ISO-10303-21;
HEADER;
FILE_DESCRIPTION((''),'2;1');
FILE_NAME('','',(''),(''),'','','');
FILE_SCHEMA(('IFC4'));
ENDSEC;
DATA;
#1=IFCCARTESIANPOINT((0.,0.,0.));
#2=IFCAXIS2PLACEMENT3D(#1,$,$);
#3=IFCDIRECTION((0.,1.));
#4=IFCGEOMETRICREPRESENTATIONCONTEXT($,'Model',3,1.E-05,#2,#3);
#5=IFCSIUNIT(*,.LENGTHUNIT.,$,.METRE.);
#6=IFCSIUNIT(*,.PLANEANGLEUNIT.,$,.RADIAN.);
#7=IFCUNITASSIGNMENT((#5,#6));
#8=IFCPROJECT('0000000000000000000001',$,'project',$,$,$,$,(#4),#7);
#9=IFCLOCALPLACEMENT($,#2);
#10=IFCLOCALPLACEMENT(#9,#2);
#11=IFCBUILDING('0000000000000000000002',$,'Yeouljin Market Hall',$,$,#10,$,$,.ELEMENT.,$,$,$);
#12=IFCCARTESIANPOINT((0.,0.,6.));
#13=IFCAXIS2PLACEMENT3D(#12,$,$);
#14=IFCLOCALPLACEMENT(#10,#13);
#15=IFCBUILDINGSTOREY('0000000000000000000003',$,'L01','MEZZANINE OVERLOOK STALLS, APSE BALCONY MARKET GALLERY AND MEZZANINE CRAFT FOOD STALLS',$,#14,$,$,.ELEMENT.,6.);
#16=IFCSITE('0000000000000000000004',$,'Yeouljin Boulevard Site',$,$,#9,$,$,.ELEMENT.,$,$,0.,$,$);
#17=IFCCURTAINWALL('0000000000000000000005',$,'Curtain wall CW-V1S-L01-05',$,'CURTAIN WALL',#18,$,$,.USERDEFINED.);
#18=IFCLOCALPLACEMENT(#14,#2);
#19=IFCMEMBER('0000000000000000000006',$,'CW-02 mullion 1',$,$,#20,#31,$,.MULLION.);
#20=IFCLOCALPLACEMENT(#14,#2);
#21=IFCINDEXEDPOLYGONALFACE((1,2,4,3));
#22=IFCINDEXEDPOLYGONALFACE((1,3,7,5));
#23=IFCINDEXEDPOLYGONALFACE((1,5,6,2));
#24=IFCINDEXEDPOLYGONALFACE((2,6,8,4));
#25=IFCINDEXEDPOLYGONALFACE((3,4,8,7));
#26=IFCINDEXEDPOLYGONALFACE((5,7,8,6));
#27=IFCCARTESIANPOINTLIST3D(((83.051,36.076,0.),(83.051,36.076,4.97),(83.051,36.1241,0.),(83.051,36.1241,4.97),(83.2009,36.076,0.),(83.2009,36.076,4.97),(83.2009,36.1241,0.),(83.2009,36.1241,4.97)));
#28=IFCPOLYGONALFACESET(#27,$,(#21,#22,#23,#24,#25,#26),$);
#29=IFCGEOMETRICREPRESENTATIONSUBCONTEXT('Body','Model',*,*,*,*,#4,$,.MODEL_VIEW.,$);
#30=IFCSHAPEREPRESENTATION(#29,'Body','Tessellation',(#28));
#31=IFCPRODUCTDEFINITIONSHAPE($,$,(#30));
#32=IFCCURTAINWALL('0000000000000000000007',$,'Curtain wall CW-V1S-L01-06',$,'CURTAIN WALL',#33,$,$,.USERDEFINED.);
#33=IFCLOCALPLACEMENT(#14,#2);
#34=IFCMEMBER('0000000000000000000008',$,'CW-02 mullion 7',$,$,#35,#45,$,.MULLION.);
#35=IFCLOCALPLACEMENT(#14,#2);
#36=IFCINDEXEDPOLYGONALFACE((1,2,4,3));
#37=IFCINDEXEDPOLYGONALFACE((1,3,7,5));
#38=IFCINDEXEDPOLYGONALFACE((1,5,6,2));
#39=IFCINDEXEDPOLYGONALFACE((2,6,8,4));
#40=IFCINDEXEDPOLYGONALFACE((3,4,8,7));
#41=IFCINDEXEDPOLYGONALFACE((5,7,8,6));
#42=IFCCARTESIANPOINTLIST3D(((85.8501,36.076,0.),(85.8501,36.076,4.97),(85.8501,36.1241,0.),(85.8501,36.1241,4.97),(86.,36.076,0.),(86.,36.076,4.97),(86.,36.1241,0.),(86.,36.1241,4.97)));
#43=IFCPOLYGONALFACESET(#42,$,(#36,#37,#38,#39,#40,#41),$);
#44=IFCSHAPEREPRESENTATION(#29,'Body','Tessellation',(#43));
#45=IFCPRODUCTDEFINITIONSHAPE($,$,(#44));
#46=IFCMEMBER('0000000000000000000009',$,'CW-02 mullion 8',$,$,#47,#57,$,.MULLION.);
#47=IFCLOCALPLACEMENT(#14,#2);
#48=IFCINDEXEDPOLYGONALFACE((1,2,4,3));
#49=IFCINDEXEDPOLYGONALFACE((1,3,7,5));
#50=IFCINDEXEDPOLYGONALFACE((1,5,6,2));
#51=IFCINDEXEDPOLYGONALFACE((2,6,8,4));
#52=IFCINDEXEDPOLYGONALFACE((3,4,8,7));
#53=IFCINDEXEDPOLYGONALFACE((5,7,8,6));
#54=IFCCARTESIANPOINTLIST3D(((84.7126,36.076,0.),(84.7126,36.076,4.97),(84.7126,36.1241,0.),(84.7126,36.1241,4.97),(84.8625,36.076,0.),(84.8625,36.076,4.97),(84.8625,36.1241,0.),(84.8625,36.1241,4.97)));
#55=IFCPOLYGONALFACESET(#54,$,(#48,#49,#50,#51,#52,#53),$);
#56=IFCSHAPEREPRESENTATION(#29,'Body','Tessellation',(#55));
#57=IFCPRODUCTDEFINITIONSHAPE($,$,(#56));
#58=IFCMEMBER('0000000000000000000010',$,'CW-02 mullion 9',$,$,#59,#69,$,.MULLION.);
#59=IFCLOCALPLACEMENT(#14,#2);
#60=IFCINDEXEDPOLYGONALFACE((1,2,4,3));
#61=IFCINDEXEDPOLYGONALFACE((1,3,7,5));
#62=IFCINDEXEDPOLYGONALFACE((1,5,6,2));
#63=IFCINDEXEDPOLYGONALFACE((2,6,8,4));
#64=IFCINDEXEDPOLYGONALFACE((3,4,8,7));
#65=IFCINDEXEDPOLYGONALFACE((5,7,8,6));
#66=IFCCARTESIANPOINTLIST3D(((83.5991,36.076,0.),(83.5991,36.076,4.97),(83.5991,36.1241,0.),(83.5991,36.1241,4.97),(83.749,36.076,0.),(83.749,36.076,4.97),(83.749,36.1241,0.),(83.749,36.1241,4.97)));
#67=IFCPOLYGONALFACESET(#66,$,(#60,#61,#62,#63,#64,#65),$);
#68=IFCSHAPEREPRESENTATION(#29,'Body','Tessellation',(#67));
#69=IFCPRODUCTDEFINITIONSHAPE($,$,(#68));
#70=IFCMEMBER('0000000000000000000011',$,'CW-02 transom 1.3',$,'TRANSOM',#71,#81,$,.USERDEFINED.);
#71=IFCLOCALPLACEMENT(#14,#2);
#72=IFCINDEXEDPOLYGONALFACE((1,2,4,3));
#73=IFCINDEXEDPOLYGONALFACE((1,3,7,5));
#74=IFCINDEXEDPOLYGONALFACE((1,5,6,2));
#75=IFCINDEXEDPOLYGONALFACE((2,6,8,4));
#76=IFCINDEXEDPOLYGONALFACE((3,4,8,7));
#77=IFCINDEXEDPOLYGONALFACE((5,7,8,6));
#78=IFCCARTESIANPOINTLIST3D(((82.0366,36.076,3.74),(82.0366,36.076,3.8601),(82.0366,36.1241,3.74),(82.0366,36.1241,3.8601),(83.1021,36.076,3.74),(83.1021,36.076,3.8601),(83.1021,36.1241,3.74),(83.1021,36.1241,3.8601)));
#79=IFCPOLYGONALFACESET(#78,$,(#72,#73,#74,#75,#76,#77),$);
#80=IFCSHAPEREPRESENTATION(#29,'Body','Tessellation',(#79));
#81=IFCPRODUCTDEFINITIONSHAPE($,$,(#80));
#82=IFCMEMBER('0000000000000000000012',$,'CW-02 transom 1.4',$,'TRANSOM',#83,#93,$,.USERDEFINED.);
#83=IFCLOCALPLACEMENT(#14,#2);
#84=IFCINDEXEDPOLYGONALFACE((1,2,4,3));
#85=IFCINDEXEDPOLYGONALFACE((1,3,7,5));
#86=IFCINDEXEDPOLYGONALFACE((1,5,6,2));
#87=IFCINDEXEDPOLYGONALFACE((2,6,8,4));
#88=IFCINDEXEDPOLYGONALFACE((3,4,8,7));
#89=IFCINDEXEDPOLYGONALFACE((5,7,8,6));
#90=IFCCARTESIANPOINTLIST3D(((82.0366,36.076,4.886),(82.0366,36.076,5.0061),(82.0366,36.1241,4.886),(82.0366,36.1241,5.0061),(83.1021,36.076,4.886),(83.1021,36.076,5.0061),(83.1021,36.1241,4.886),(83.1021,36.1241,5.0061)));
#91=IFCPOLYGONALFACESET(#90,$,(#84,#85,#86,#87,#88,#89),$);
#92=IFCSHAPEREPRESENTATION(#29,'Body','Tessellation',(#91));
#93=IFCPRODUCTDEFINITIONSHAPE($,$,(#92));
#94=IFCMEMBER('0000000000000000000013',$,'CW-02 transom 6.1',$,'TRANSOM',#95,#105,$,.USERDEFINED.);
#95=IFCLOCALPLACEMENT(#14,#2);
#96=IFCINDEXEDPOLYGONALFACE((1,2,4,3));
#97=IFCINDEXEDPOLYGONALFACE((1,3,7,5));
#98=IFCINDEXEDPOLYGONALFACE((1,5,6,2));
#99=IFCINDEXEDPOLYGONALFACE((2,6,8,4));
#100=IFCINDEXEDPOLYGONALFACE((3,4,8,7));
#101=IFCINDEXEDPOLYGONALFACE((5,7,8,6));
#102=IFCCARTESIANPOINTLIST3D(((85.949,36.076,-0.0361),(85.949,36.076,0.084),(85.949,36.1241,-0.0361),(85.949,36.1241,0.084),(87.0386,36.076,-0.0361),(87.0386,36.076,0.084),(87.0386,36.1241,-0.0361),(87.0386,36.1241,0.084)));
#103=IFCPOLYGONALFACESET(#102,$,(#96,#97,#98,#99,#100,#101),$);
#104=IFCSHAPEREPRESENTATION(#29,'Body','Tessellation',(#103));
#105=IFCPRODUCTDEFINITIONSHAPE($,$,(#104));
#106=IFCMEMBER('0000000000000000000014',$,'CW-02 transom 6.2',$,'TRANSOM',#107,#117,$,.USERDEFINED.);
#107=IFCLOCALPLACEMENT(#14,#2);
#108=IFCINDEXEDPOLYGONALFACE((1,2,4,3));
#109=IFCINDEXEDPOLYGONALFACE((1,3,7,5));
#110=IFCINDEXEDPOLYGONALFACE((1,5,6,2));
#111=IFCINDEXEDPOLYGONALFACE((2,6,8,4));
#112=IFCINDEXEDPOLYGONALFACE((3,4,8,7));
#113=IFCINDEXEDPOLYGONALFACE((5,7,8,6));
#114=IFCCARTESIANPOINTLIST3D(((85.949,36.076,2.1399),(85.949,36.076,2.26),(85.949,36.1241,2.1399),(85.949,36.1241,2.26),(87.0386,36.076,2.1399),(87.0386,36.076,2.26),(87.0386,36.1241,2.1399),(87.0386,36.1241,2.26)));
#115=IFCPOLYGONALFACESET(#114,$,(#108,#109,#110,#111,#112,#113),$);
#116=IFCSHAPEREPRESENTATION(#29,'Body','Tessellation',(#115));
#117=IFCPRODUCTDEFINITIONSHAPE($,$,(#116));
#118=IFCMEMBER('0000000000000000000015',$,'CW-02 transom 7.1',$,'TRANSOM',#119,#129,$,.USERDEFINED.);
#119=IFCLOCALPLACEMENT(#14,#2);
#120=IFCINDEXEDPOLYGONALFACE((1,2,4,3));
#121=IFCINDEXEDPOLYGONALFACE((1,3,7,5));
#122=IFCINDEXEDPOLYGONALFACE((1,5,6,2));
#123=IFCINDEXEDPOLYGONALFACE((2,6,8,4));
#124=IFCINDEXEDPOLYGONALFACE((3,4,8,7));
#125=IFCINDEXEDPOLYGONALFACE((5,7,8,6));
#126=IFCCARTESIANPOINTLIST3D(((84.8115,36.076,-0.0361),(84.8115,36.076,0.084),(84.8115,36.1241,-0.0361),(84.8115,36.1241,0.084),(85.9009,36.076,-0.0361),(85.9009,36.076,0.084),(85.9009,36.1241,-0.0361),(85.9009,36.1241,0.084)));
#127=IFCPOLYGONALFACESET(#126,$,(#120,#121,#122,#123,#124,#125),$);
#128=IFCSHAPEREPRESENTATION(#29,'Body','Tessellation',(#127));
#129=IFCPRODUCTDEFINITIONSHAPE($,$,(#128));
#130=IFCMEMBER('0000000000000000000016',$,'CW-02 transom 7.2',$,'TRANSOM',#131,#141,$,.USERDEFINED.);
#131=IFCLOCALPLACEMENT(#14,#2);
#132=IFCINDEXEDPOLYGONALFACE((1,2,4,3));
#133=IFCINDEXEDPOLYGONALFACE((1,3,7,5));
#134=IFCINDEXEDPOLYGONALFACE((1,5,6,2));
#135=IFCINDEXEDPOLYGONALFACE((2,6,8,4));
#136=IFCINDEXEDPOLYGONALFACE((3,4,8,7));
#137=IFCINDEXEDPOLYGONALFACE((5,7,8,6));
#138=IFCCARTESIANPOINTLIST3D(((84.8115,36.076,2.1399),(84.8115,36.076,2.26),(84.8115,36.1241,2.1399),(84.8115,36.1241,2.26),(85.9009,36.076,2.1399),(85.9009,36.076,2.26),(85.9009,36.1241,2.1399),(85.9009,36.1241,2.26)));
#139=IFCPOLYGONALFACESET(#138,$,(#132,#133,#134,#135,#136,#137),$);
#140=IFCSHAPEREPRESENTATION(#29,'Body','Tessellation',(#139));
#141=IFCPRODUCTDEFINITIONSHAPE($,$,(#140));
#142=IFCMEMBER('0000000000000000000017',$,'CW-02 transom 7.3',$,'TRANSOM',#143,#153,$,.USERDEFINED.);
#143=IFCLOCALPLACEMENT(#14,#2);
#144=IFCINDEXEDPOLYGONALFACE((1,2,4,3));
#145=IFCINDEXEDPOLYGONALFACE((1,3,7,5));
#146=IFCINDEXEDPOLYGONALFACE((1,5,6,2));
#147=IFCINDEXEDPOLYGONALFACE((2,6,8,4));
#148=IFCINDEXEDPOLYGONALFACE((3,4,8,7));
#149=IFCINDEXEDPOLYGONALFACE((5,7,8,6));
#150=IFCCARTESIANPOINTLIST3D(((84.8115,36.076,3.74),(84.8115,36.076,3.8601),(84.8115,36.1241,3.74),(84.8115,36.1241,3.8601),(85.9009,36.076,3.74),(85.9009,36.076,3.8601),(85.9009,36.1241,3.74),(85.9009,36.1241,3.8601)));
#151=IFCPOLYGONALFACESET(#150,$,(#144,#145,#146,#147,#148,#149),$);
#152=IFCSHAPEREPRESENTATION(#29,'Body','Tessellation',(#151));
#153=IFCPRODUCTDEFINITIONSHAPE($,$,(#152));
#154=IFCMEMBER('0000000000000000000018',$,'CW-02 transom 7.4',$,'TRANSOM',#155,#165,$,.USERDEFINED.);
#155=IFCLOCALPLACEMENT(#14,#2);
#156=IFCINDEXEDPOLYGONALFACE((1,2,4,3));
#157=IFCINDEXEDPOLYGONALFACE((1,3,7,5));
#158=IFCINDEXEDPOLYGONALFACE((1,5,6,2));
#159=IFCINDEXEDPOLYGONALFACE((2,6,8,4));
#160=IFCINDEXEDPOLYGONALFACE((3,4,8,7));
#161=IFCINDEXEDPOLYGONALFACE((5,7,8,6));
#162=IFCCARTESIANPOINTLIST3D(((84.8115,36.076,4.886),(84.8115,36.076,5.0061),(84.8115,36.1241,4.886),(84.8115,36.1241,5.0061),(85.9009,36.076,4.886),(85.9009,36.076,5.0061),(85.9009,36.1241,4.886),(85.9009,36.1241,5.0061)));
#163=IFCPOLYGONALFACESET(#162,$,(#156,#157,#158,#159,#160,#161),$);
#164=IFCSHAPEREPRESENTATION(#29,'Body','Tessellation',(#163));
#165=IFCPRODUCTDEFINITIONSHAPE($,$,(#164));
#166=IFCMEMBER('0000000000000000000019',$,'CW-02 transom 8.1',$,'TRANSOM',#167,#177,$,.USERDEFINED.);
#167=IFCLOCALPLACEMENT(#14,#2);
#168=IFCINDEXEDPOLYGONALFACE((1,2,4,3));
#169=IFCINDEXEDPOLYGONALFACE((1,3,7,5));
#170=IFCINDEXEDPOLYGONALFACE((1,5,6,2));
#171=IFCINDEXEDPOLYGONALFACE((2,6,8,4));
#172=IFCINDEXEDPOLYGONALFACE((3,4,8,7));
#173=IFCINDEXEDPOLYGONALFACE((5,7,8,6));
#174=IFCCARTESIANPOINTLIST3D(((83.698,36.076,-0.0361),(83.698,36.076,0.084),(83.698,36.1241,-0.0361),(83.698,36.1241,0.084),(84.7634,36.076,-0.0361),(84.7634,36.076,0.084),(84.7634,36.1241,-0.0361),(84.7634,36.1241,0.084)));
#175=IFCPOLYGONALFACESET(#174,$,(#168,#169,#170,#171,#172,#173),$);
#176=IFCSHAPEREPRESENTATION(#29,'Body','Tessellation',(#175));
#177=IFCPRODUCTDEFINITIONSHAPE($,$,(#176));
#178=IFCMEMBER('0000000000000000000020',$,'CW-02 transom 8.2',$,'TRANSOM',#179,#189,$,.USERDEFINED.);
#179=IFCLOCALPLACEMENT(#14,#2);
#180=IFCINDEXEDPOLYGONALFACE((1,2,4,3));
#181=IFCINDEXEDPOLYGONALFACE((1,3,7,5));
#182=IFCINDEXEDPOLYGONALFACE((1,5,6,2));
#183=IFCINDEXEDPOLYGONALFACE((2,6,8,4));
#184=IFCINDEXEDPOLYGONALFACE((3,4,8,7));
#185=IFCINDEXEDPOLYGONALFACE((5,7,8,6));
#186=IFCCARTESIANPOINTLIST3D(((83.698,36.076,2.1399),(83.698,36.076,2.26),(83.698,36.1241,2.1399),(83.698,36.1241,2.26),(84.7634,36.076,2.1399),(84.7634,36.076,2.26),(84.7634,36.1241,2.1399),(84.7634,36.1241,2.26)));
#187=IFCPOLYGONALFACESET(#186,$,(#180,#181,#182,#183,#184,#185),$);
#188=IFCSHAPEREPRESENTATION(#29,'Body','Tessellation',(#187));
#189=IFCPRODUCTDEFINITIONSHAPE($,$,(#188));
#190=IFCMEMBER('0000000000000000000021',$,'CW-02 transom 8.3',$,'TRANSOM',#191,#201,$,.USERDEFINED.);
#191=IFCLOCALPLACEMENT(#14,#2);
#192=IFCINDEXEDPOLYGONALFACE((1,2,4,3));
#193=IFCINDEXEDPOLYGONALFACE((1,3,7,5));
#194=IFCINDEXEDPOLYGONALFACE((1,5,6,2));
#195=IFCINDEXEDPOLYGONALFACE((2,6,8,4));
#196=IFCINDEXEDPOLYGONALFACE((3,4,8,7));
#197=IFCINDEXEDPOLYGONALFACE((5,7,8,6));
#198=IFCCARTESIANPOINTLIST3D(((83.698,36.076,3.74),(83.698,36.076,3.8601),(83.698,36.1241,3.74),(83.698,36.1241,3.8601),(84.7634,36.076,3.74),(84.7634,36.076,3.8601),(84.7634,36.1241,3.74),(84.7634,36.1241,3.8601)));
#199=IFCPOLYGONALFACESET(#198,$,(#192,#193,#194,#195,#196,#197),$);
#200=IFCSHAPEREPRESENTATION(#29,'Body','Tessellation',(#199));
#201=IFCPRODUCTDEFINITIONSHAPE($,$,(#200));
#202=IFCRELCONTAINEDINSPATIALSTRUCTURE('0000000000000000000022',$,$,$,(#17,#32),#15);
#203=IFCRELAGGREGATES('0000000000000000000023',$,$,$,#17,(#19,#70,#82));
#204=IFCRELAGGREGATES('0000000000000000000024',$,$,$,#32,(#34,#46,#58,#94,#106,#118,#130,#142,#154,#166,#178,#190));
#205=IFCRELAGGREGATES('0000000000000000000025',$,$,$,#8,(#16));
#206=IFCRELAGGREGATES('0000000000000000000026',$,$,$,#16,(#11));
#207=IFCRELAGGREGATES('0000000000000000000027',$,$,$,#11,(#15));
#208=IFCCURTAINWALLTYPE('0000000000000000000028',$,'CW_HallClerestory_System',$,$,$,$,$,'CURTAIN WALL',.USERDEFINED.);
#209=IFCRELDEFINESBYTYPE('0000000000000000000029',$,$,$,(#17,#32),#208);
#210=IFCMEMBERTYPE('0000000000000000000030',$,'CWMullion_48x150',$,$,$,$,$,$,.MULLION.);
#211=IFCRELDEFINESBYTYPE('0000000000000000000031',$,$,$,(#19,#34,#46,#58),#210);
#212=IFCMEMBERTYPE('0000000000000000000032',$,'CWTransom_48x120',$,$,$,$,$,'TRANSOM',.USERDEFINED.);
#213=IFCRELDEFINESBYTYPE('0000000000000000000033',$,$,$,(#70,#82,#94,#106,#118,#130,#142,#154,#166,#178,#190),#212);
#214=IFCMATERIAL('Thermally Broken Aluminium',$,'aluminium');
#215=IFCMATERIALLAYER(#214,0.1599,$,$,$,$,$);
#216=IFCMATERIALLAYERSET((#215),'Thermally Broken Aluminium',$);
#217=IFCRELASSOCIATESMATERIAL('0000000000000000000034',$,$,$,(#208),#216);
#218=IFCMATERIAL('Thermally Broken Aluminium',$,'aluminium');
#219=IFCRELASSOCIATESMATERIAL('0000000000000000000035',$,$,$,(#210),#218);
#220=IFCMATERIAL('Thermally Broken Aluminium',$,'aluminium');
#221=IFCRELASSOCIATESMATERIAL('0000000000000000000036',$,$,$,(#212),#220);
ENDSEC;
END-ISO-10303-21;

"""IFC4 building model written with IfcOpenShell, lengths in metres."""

from ifc_helpers import new_model, si_unit, direction, frame, origin, origin_2d, place, context, subcontext, project, spatial, rectangle, extrude, material, layer, layer_set, material_profile, profile_set, type_object, element, aggregate, save


model = new_model("IFC4")

# Units and contexts
model_context = context("Model", 3, precision=1e-05, world=origin(), true_north=direction((0.0, 1.0)))
body_context = subcontext(model_context, "Body", "Model", "MODEL_VIEW")
ifc_project = project(units=[si_unit("LENGTHUNIT", "METRE"), si_unit("PLANEANGLEUNIT", "RADIAN")], contexts=[model_context])

# Site, building, storey
site_placement = place(None, origin())
site = spatial("IfcSite", under=ifc_project, at=site_placement, Name="Yeouljin Boulevard Site", CompositionType="ELEMENT", RefElevation=0.0)
building_placement = place(site_placement, origin())
building = spatial("IfcBuilding", under=site, at=building_placement, Name="Yeouljin Market Hall", CompositionType="ELEMENT")
storey_placement = place(building_placement, frame((0.0, 0.0, 6.0)))
storey = spatial("IfcBuildingStorey", under=building, at=storey_placement, Name="L01", Description="MEZZANINE OVERLOOK STALLS, APSE BALCONY MARKET GALLERY AND MEZZANINE CRAFT FOOD STALLS", CompositionType="ELEMENT", Elevation=6.0)

# Curtain wall, member
ifc_material_1 = material(Name="Thermally Broken Aluminium", Category="aluminium")
ifc_layer_1 = layer(ifc_material_1, 0.1599)
ifc_layer_set_1 = layer_set([ifc_layer_1], Name="Thermally Broken Aluminium")
curtain_wall_type = type_object("IfcCurtainWallType", Name="CW_HallClerestory_System", ElementType="CURTAIN WALL", PredefinedType="USERDEFINED", material=ifc_layer_set_1)
curtain_wall_1_placement = place(storey_placement, origin())
curtain_wall_1 = element("IfcCurtainWall", 1, at=curtain_wall_1_placement, inside=storey, type_object=curtain_wall_type, Name="Curtain wall CW-V1S-L01-05", ObjectType="CURTAIN WALL", PredefinedType="USERDEFINED")
ifc_material_2 = material(Name="Thermally Broken Aluminium", Category="aluminium")
ifc_material_profile_1 = material_profile(ifc_material_2, rectangle(XDim=0.0481, YDim=0.1499, at=origin_2d()), Name="CW-MULL-48x150")
ifc_profile_set_1 = profile_set([ifc_material_profile_1], Name="Thermally Broken Aluminium")
member_type_1 = type_object("IfcMemberType", Name="CWMullion_48x150", PredefinedType="MULLION", material=ifc_profile_set_1)
member_1_placement = place(storey_placement, frame((83.126, 36.1001, 0.0), z_axis=(0.0, 0.0, 1.0), x_axis=(0.0, -1.0, 0.0)))
member_1 = element("IfcMember", 2, at=member_1_placement, type_object=member_type_1, Name="CW-02 mullion 1", PredefinedType="MULLION", context=body_context, shape_type="SweptSolid", body=[
    extrude(rectangle(XDim=0.0481, YDim=0.1499, at=origin_2d()), origin(), (0.0, 0.0, 1.0), 4.97),
])

# Curtain wall, members
curtain_wall_2_placement = place(storey_placement, origin())
curtain_wall_2 = element("IfcCurtainWall", 3, at=curtain_wall_2_placement, inside=storey, type_object=curtain_wall_type, Name="Curtain wall CW-V1S-L01-06", ObjectType="CURTAIN WALL", PredefinedType="USERDEFINED")
member_2_placement = place(storey_placement, frame((85.925, 36.1001, 0.0), z_axis=(0.0, 0.0, 1.0), x_axis=(0.0, -1.0, 0.0)))
member_2 = element("IfcMember", 4, at=member_2_placement, type_object=member_type_1, Name="CW-02 mullion 7", PredefinedType="MULLION", context=body_context, shape_type="SweptSolid", body=[
    extrude(rectangle(XDim=0.0481, YDim=0.1499, at=origin_2d()), origin(), (0.0, 0.0, 1.0), 4.97),
])
member_3_placement = place(storey_placement, frame((84.7876, 36.1001, 0.0), z_axis=(0.0, 0.0, 1.0), x_axis=(0.0, -1.0, 0.0)))
member_3 = element("IfcMember", 5, at=member_3_placement, type_object=member_type_1, Name="CW-02 mullion 8", PredefinedType="MULLION", context=body_context, shape_type="SweptSolid", body=[
    extrude(rectangle(XDim=0.0481, YDim=0.1499, at=origin_2d()), origin(), (0.0, 0.0, 1.0), 4.97),
])
member_4_placement = place(storey_placement, frame((83.6741, 36.1001, 0.0), z_axis=(0.0, 0.0, 1.0), x_axis=(0.0, -1.0, 0.0)))
member_4 = element("IfcMember", 6, at=member_4_placement, type_object=member_type_1, Name="CW-02 mullion 9", PredefinedType="MULLION", context=body_context, shape_type="SweptSolid", body=[
    extrude(rectangle(XDim=0.0481, YDim=0.1499, at=origin_2d()), origin(), (0.0, 0.0, 1.0), 4.97),
])

# Members
ifc_material_3 = material(Name="Thermally Broken Aluminium", Category="aluminium")
ifc_material_profile_2 = material_profile(ifc_material_3, rectangle(XDim=0.0481, YDim=0.1201, at=origin_2d()), Name="CW-TRAN-48x120")
ifc_profile_set_2 = profile_set([ifc_material_profile_2], Name="Thermally Broken Aluminium")
member_type_2 = type_object("IfcMemberType", Name="CWTransom_48x120", ElementType="TRANSOM", PredefinedType="USERDEFINED", material=ifc_profile_set_2)
member_5_placement = place(storey_placement, frame((83.1021, 36.1001, 3.8), z_axis=(-1.0, 0.0, 0.0), x_axis=(0.0, -1.0, 0.0)))
member_5 = element("IfcMember", 7, at=member_5_placement, type_object=member_type_2, Name="CW-02 transom 1.3", ObjectType="TRANSOM", PredefinedType="USERDEFINED", context=body_context, shape_type="SweptSolid", body=[
    extrude(rectangle(XDim=0.0481, YDim=0.1201, at=origin_2d()), origin(), (0.0, 0.0, 1.0), 1.0654),
])
member_6_placement = place(storey_placement, frame((83.1021, 36.1001, 4.946), z_axis=(-1.0, 0.0, 0.0), x_axis=(0.0, -1.0, 0.0)))
member_6 = element("IfcMember", 8, at=member_6_placement, type_object=member_type_2, Name="CW-02 transom 1.4", ObjectType="TRANSOM", PredefinedType="USERDEFINED", context=body_context, shape_type="SweptSolid", body=[
    extrude(rectangle(XDim=0.0481, YDim=0.1201, at=origin_2d()), origin(), (0.0, 0.0, 1.0), 1.0654),
])
aggregate(curtain_wall_1, [member_1, member_5, member_6])
member_7_placement = place(storey_placement, frame((87.0386, 36.1001, 0.0239), z_axis=(-1.0, 0.0, 0.0), x_axis=(0.0, -1.0, 0.0)))
member_7 = element("IfcMember", 9, at=member_7_placement, type_object=member_type_2, Name="CW-02 transom 6.1", ObjectType="TRANSOM", PredefinedType="USERDEFINED", context=body_context, shape_type="SweptSolid", body=[
    extrude(rectangle(XDim=0.0481, YDim=0.1201, at=origin_2d()), origin(), (0.0, 0.0, 1.0), 1.0896),
])
member_8_placement = place(storey_placement, frame((87.0386, 36.1001, 2.2), z_axis=(-1.0, 0.0, 0.0), x_axis=(0.0, -1.0, 0.0)))
member_8 = element("IfcMember", 10, at=member_8_placement, type_object=member_type_2, Name="CW-02 transom 6.2", ObjectType="TRANSOM", PredefinedType="USERDEFINED", context=body_context, shape_type="SweptSolid", body=[
    extrude(rectangle(XDim=0.0481, YDim=0.1201, at=origin_2d()), origin(), (0.0, 0.0, 1.0), 1.0896),
])
member_9_placement = place(storey_placement, frame((85.9009, 36.1001, 0.0239), z_axis=(-1.0, 0.0, 0.0), x_axis=(0.0, -1.0, 0.0)))
member_9 = element("IfcMember", 11, at=member_9_placement, type_object=member_type_2, Name="CW-02 transom 7.1", ObjectType="TRANSOM", PredefinedType="USERDEFINED", context=body_context, shape_type="SweptSolid", body=[
    extrude(rectangle(XDim=0.0481, YDim=0.1201, at=origin_2d()), origin(), (0.0, 0.0, 1.0), 1.0894),
])
member_10_placement = place(storey_placement, frame((85.9009, 36.1001, 2.2), z_axis=(-1.0, 0.0, 0.0), x_axis=(0.0, -1.0, 0.0)))
member_10 = element("IfcMember", 12, at=member_10_placement, type_object=member_type_2, Name="CW-02 transom 7.2", ObjectType="TRANSOM", PredefinedType="USERDEFINED", context=body_context, shape_type="SweptSolid", body=[
    extrude(rectangle(XDim=0.0481, YDim=0.1201, at=origin_2d()), origin(), (0.0, 0.0, 1.0), 1.0894),
])
member_11_placement = place(storey_placement, frame((85.9009, 36.1001, 3.8), z_axis=(-1.0, 0.0, 0.0), x_axis=(0.0, -1.0, 0.0)))
member_11 = element("IfcMember", 13, at=member_11_placement, type_object=member_type_2, Name="CW-02 transom 7.3", ObjectType="TRANSOM", PredefinedType="USERDEFINED", context=body_context, shape_type="SweptSolid", body=[
    extrude(rectangle(XDim=0.0481, YDim=0.1201, at=origin_2d()), origin(), (0.0, 0.0, 1.0), 1.0894),
])
member_12_placement = place(storey_placement, frame((85.9009, 36.1001, 4.946), z_axis=(-1.0, 0.0, 0.0), x_axis=(0.0, -1.0, 0.0)))
member_12 = element("IfcMember", 14, at=member_12_placement, type_object=member_type_2, Name="CW-02 transom 7.4", ObjectType="TRANSOM", PredefinedType="USERDEFINED", context=body_context, shape_type="SweptSolid", body=[
    extrude(rectangle(XDim=0.0481, YDim=0.1201, at=origin_2d()), origin(), (0.0, 0.0, 1.0), 1.0894),
])
member_13_placement = place(storey_placement, frame((84.7634, 36.1001, 0.0239), z_axis=(-1.0, 0.0, 0.0), x_axis=(0.0, -1.0, 0.0)))
member_13 = element("IfcMember", 15, at=member_13_placement, type_object=member_type_2, Name="CW-02 transom 8.1", ObjectType="TRANSOM", PredefinedType="USERDEFINED", context=body_context, shape_type="SweptSolid", body=[
    extrude(rectangle(XDim=0.0481, YDim=0.1201, at=origin_2d()), origin(), (0.0, 0.0, 1.0), 1.0654),
])
member_14_placement = place(storey_placement, frame((84.7634, 36.1001, 2.2), z_axis=(-1.0, 0.0, 0.0), x_axis=(0.0, -1.0, 0.0)))
member_14 = element("IfcMember", 16, at=member_14_placement, type_object=member_type_2, Name="CW-02 transom 8.2", ObjectType="TRANSOM", PredefinedType="USERDEFINED", context=body_context, shape_type="SweptSolid", body=[
    extrude(rectangle(XDim=0.0481, YDim=0.1201, at=origin_2d()), origin(), (0.0, 0.0, 1.0), 1.0654),
])
member_15_placement = place(storey_placement, frame((84.7634, 36.1001, 3.8), z_axis=(-1.0, 0.0, 0.0), x_axis=(0.0, -1.0, 0.0)))
member_15 = element("IfcMember", 17, at=member_15_placement, type_object=member_type_2, Name="CW-02 transom 8.3", ObjectType="TRANSOM", PredefinedType="USERDEFINED", context=body_context, shape_type="SweptSolid", body=[
    extrude(rectangle(XDim=0.0481, YDim=0.1201, at=origin_2d()), origin(), (0.0, 0.0, 1.0), 1.0654),
])

aggregate(curtain_wall_2, [member_2, member_3, member_4, member_7, member_8, member_9, member_10, member_11, member_12, member_13, member_14, member_15])

save(model, "model.ifc")
